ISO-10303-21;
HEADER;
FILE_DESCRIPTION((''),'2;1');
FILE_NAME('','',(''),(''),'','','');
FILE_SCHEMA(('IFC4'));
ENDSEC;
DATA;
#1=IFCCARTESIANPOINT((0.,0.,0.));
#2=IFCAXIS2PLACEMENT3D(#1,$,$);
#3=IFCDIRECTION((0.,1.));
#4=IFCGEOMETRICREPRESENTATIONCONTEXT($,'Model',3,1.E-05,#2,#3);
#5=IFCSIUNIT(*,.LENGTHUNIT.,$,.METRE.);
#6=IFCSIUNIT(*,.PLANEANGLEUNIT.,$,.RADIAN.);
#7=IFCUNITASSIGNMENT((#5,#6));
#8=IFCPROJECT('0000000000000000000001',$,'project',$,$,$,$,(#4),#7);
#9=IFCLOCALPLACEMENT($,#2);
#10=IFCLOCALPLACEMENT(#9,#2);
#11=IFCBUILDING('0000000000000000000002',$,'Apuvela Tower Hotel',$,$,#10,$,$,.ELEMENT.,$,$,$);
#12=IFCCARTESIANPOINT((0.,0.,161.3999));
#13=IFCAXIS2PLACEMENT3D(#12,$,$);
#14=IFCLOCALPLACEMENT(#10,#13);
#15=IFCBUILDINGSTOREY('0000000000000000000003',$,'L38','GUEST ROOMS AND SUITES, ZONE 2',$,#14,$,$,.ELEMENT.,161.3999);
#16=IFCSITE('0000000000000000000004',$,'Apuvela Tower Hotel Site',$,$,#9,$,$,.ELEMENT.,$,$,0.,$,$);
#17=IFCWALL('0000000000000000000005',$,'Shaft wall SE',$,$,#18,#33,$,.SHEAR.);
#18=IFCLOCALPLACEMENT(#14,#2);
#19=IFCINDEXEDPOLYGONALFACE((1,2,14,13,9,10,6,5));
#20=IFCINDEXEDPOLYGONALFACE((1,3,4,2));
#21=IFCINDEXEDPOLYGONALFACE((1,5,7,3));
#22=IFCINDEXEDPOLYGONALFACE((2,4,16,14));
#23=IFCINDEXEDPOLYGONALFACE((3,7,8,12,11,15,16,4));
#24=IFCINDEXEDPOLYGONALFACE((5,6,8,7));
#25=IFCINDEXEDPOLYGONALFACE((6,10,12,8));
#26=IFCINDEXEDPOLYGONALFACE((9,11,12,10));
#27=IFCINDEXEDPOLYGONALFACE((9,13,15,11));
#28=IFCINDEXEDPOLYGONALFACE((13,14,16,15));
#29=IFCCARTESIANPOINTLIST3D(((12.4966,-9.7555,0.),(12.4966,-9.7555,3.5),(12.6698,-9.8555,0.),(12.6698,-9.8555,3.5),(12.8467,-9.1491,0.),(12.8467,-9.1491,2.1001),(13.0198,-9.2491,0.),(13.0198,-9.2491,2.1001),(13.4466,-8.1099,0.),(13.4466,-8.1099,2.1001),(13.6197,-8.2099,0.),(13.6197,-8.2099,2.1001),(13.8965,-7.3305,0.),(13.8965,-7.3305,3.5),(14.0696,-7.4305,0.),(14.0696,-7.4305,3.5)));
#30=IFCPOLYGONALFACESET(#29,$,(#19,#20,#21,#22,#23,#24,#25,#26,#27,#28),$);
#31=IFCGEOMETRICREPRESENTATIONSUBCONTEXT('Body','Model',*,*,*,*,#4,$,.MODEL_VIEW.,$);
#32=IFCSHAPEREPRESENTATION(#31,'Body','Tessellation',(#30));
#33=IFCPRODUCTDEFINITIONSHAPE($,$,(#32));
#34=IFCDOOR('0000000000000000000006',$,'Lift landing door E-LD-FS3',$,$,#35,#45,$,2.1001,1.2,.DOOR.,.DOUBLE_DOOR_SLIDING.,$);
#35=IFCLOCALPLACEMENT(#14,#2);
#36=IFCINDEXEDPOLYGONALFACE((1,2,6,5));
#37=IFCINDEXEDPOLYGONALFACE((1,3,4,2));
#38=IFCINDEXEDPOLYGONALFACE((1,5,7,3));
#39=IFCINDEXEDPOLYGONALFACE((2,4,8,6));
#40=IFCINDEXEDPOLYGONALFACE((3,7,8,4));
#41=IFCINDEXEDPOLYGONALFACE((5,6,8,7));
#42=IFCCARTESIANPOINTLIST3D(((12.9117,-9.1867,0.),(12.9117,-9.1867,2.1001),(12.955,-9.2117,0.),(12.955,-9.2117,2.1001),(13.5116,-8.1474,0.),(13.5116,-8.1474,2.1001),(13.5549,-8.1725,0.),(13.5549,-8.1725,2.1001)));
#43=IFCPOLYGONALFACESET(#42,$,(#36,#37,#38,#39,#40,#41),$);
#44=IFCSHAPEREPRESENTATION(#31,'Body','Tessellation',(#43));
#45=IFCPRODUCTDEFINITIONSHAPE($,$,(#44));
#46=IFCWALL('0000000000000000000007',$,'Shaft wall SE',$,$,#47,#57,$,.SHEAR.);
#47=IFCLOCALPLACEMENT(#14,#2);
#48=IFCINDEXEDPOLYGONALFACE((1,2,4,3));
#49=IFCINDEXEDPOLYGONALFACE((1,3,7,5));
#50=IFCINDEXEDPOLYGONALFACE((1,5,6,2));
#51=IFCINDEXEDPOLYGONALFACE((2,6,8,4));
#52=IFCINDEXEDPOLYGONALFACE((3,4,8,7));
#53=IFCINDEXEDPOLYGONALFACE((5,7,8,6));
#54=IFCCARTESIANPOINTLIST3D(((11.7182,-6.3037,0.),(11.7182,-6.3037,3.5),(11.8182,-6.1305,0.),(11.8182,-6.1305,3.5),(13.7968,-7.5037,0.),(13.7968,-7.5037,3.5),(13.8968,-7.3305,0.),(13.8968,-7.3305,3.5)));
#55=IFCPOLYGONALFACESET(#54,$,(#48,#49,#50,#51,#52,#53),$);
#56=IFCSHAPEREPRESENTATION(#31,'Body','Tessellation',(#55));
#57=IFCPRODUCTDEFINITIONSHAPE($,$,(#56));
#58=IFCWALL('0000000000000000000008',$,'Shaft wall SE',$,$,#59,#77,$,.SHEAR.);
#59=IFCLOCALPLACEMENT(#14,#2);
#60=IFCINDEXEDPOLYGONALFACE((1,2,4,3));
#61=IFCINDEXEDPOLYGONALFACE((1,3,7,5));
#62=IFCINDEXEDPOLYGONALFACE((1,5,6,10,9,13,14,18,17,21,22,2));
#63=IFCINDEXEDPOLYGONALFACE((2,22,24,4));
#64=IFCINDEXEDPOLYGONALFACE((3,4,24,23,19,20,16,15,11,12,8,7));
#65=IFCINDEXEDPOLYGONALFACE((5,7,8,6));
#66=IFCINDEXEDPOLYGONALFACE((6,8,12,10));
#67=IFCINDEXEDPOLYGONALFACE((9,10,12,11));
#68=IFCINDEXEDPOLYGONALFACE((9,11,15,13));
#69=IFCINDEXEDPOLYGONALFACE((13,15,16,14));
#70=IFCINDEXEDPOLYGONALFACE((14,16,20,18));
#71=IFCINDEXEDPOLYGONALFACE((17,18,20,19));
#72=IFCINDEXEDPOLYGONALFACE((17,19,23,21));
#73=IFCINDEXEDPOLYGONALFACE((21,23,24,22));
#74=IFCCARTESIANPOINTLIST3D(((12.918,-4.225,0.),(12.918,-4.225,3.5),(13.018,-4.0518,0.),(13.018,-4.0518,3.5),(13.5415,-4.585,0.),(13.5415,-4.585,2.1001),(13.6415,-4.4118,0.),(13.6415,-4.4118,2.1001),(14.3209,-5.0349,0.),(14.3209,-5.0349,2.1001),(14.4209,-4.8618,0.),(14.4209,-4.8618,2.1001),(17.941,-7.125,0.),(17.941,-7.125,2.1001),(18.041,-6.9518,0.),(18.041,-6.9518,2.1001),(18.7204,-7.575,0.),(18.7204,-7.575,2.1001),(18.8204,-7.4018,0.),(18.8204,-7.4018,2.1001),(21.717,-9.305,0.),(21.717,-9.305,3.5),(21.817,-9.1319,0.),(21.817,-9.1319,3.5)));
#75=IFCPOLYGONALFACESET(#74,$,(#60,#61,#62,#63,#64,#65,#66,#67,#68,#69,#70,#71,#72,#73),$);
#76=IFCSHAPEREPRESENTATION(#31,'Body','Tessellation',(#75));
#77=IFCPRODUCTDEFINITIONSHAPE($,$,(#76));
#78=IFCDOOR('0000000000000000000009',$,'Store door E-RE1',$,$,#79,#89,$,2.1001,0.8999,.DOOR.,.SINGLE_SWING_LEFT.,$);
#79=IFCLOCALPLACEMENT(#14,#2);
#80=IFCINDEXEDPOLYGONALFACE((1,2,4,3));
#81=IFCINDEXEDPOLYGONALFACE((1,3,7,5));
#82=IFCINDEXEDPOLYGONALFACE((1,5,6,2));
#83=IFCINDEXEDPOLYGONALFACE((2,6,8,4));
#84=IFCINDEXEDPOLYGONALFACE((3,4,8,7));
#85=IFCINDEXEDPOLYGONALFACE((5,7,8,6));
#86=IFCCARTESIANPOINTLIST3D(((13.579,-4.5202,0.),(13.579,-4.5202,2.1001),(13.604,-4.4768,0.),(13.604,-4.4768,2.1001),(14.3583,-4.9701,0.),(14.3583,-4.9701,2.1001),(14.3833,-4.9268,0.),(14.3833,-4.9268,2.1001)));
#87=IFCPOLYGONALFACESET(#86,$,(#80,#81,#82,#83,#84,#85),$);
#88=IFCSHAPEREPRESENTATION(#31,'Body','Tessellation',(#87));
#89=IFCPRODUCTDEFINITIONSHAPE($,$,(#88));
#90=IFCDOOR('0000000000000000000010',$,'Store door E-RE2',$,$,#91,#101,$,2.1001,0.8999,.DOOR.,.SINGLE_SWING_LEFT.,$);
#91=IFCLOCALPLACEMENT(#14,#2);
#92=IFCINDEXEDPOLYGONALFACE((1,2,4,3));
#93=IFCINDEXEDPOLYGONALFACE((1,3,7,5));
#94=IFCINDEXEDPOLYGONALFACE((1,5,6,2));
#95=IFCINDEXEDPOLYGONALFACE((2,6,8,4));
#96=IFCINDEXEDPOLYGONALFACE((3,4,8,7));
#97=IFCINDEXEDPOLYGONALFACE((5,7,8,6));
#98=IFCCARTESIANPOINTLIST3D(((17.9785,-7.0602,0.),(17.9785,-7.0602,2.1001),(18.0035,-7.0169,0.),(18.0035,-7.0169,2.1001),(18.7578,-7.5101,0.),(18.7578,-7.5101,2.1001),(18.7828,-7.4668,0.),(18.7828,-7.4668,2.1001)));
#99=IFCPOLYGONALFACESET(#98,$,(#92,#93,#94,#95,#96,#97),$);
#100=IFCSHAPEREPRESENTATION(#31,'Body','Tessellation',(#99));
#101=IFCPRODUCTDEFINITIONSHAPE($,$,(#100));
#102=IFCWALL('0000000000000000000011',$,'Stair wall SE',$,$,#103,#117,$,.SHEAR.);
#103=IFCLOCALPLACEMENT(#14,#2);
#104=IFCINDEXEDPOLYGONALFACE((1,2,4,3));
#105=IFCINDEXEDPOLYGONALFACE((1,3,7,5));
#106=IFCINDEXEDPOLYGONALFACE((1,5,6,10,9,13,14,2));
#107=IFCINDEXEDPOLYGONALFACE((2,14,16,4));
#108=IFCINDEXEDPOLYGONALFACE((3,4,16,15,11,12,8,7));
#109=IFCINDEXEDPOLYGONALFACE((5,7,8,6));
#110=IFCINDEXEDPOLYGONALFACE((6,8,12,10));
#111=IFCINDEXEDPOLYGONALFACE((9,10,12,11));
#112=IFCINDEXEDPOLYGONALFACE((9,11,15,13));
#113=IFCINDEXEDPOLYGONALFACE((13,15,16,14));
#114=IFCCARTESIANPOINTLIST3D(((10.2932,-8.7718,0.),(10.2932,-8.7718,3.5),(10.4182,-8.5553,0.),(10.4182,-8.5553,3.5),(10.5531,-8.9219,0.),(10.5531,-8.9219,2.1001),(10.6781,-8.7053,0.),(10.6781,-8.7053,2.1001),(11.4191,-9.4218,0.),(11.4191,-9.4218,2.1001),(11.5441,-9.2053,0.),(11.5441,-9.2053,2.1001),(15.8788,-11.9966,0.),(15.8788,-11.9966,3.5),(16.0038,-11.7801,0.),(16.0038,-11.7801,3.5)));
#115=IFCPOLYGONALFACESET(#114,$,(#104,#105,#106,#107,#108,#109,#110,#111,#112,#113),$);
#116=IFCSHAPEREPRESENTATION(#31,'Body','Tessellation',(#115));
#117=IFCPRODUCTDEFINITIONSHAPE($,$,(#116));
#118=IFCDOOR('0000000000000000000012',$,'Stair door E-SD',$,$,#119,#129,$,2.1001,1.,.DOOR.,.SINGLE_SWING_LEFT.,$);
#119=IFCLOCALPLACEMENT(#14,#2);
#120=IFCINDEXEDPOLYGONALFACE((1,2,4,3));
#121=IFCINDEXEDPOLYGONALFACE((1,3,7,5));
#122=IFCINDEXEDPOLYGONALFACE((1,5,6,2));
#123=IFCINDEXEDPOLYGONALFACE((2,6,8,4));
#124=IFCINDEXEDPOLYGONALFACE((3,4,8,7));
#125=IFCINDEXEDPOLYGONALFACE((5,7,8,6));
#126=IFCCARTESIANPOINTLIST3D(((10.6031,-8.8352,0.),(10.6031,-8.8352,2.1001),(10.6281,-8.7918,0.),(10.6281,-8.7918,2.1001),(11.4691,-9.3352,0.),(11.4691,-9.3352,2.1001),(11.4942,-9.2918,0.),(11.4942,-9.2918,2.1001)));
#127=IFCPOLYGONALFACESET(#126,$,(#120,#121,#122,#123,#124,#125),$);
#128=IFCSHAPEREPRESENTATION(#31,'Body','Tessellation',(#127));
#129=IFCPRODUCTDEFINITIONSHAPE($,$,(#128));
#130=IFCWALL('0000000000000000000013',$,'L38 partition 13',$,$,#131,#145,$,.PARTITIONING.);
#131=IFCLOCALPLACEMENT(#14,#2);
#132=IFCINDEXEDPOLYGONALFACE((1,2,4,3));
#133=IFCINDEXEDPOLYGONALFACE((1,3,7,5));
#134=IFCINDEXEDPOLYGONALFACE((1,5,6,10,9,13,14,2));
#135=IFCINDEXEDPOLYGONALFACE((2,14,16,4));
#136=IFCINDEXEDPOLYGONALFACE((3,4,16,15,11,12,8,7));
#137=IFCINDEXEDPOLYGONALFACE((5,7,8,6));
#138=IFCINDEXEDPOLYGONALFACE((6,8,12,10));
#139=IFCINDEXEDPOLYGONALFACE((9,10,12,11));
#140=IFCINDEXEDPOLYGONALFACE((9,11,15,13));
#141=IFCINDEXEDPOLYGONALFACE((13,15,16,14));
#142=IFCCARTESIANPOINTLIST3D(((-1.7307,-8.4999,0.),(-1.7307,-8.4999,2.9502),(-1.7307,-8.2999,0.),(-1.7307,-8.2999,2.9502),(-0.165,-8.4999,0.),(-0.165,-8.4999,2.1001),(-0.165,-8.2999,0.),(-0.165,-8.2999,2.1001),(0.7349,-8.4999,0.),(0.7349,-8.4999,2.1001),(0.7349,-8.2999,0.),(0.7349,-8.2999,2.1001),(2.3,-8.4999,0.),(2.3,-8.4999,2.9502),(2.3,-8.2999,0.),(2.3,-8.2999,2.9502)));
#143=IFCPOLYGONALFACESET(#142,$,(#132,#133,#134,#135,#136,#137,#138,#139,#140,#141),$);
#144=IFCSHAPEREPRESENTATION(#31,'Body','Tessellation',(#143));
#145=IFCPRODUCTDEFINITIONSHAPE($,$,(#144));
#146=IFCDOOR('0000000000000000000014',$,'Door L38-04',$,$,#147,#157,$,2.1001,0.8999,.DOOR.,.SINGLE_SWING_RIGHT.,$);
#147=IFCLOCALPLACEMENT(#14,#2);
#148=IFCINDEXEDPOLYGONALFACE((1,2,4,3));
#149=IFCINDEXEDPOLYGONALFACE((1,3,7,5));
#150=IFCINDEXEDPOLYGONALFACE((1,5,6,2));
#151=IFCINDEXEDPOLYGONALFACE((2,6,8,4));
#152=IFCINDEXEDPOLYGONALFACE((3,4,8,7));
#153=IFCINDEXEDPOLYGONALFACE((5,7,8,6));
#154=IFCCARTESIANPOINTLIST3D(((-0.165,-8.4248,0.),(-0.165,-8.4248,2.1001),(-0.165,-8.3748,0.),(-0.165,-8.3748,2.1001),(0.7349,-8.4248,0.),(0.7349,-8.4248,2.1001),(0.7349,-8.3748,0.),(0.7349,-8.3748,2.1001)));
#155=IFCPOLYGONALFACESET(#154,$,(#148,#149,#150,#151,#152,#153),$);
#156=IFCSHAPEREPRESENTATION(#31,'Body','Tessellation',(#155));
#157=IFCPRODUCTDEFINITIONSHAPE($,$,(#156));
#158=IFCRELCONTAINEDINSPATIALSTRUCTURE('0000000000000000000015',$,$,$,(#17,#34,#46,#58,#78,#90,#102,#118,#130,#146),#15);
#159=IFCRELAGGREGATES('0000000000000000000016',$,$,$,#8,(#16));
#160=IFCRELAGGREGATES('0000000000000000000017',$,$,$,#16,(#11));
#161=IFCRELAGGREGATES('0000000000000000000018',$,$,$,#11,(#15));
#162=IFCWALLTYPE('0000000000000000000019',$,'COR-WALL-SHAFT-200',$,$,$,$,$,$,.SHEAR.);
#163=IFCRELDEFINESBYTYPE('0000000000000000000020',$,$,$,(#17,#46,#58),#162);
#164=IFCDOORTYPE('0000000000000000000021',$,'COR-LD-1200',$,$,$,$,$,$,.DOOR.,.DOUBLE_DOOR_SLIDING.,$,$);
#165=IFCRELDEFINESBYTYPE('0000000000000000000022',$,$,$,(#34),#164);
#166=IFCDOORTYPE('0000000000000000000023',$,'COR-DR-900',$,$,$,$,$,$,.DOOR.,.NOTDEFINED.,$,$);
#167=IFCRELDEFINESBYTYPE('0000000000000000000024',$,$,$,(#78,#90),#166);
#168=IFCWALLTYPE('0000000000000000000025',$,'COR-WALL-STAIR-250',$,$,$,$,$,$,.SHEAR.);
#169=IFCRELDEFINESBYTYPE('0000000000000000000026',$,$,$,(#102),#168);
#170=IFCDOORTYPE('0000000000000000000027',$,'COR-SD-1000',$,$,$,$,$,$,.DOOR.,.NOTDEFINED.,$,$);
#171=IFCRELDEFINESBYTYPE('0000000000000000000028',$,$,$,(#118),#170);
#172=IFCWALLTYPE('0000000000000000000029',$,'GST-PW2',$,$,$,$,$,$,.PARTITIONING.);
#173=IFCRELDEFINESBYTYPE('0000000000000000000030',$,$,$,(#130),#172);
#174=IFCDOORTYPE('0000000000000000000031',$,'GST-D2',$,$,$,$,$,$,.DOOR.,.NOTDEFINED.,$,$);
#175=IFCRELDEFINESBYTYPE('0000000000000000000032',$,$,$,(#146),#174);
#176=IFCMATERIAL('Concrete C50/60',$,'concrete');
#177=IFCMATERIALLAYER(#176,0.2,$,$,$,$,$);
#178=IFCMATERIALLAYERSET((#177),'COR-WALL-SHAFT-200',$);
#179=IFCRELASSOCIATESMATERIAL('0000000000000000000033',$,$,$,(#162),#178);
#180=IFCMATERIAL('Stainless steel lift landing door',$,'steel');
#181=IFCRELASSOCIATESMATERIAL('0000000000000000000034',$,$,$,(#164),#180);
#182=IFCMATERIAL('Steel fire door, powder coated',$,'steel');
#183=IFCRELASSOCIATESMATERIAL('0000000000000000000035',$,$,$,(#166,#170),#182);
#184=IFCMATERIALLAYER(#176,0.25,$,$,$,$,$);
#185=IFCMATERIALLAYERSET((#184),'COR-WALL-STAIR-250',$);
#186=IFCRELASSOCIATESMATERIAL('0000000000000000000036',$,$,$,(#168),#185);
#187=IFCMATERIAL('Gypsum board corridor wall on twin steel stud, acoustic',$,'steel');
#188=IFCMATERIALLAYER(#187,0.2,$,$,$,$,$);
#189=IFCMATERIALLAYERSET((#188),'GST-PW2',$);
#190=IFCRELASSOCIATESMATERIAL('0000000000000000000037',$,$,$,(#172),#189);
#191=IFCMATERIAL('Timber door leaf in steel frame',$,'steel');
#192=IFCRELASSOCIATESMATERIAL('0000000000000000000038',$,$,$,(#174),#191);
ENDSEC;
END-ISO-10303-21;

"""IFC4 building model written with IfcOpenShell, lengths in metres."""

from ifc_helpers import new_model, si_unit, direction, frame, frame_2d, origin, place, context, subcontext, project, spatial, rectangle, extrude, material, layer, layer_set, type_object, element, fill, save


model = new_model("IFC4")

# Units and contexts
model_context = context("Model", 3, precision=1e-05, world=origin(), true_north=direction((0.0, 1.0)))
body_context = subcontext(model_context, "Body", "Model", "MODEL_VIEW")
ifc_project = project(units=[si_unit("LENGTHUNIT", "METRE"), si_unit("PLANEANGLEUNIT", "RADIAN")], contexts=[model_context])

# Site, building, storey
site_placement = place(None, origin())
site = spatial("IfcSite", under=ifc_project, at=site_placement, Name="Apuvela Tower Hotel Site", CompositionType="ELEMENT", RefElevation=0.0)
building_placement = place(site_placement, origin())
building = spatial("IfcBuilding", under=site, at=building_placement, Name="Apuvela Tower Hotel", CompositionType="ELEMENT")
storey_placement = place(building_placement, frame((0.0, 0.0, 161.3999)))
storey = spatial("IfcBuildingStorey", under=building, at=storey_placement, Name="L38", Description="GUEST ROOMS AND SUITES, ZONE 2", CompositionType="ELEMENT", Elevation=161.3999)

# Shared definitions
ifc_material_1 = material(Name="Concrete C50/60", Category="concrete")

# Shared definitions
ifc_material_2 = material(Name="Steel fire door, powder coated", Category="steel")

# Wall, opening, door
ifc_layer_1 = layer(ifc_material_1, 0.2)
ifc_layer_set_1 = layer_set([ifc_layer_1], Name="COR-WALL-SHAFT-200")
wall_type_1 = type_object("IfcWallType", Name="COR-WALL-SHAFT-200", PredefinedType="SHEAR", material=ifc_layer_set_1)
wall_1_placement = place(storey_placement, frame((12.5833, -9.8054, 0.0), z_axis=(0.0, 0.0, 1.0), x_axis=(0.499946, 0.866056, 0.0)))
wall_1 = element("IfcWall", 1, at=wall_1_placement, inside=storey, type_object=wall_type_1, Name="Shaft wall SE", PredefinedType="SHEAR", context=body_context, shape_type="SweptSolid", body=[
    extrude(rectangle(XDim=2.8, YDim=0.2, at=frame_2d((1.3999, 0.0))), origin(), (0.0, 0.0, 1.0), 3.5),
])
opening_1_placement = place(wall_1_placement, frame((0.7, 0.0, 0.0)))
opening_1 = element("IfcOpeningElement", 2, at=opening_1_placement, cuts=wall_1, PredefinedType="OPENING", context=body_context, shape_type="SweptSolid", body=[
    extrude(rectangle(XDim=1.2, YDim=2.1001, at=frame_2d((0.6001, 1.05))), frame((0.0, 0.1099, 0.0), z_axis=(0.0, -1.0, 0.0), x_axis=(1.0, 0.0, 0.0)), (0.0, 0.0, 1.0), 0.22),
])
ifc_material_3 = material(Name="Stainless steel lift landing door", Category="steel")
door_type_1 = type_object("IfcDoorType", Name="COR-LD-1200", OperationType="DOUBLE_DOOR_SLIDING", PredefinedType="DOOR", material=ifc_material_3)
door_1_placement = place(opening_1_placement, origin())
door_1 = element("IfcDoor", 3, at=door_1_placement, inside=storey, type_object=door_type_1, Name="Lift landing door E-LD-FS3", OperationType="DOUBLE_DOOR_SLIDING", OverallHeight=2.1001, OverallWidth=1.2, PredefinedType="DOOR", context=body_context, shape_type="SweptSolid", body=[
    extrude(rectangle(XDim=1.2, YDim=2.1001, at=frame_2d((0.6001, 1.05))), frame((0.0, 0.0249, 0.0), z_axis=(0.0, -1.0, 0.0), x_axis=(1.0, 0.0, 0.0)), (0.0, 0.0, 1.0), 0.05),
])
fill(opening_1, door_1)

# Wall
wall_2_placement = place(storey_placement, frame((11.7681, -6.217, 0.0), z_axis=(0.0, 0.0, 1.0), x_axis=(0.86605, -0.499957, 0.0)))
element("IfcWall", 4, at=wall_2_placement, inside=storey, type_object=wall_type_1, Name="Shaft wall SE", PredefinedType="SHEAR", context=body_context, shape_type="SweptSolid", body=[
    extrude(rectangle(XDim=2.4001, YDim=0.2, at=frame_2d((1.2002, 0.0))), origin(), (0.0, 0.0, 1.0), 3.5),
])

# Wall, openings, doors
wall_3_placement = place(storey_placement, frame((12.968, -4.1384, 0.0), z_axis=(0.0, 0.0, 1.0), x_axis=(0.866028, -0.499995, 0.0)))
wall_3 = element("IfcWall", 5, at=wall_3_placement, inside=storey, type_object=wall_type_1, Name="Shaft wall SE", PredefinedType="SHEAR", context=body_context, shape_type="SweptSolid", body=[
    extrude(rectangle(XDim=10.1602, YDim=0.2, at=frame_2d((5.0801, 0.0))), origin(), (0.0, 0.0, 1.0), 3.5),
])
opening_2_placement = place(wall_3_placement, frame((0.72, 0.0, 0.0)))
opening_2 = element("IfcOpeningElement", 6, at=opening_2_placement, cuts=wall_3, PredefinedType="OPENING", context=body_context, shape_type="SweptSolid", body=[
    extrude(rectangle(XDim=0.8999, YDim=2.1001, at=frame_2d((0.45, 1.05))), frame((0.0, 0.1099, 0.0), z_axis=(0.0, -1.0, 0.0), x_axis=(1.0, 0.0, 0.0)), (0.0, 0.0, 1.0), 0.22),
])
opening_3_placement = place(wall_3_placement, frame((5.8, 0.0, 0.0)))
opening_3 = element("IfcOpeningElement", 7, at=opening_3_placement, cuts=wall_3, PredefinedType="OPENING", context=body_context, shape_type="SweptSolid", body=[
    extrude(rectangle(XDim=0.8999, YDim=2.1001, at=frame_2d((0.45, 1.05))), frame((0.0, 0.1099, 0.0), z_axis=(0.0, -1.0, 0.0), x_axis=(1.0, 0.0, 0.0)), (0.0, 0.0, 1.0), 0.22),
])
door_type_2 = type_object("IfcDoorType", Name="COR-DR-900", OperationType="NOTDEFINED", PredefinedType="DOOR", material=ifc_material_2)
door_2_placement = place(opening_2_placement, origin())
door_2 = element("IfcDoor", 8, at=door_2_placement, inside=storey, type_object=door_type_2, Name="Store door E-RE1", OperationType="SINGLE_SWING_LEFT", OverallHeight=2.1001, OverallWidth=0.8999, PredefinedType="DOOR", context=body_context, shape_type="SweptSolid", body=[
    extrude(rectangle(XDim=0.8999, YDim=2.1001, at=frame_2d((0.45, 1.05))), frame((0.0, 0.0249, 0.0), z_axis=(0.0, -1.0, 0.0), x_axis=(1.0, 0.0, 0.0)), (0.0, 0.0, 1.0), 0.05),
])
fill(opening_2, door_2)
door_3_placement = place(opening_3_placement, origin())
door_3 = element("IfcDoor", 9, at=door_3_placement, inside=storey, type_object=door_type_2, Name="Store door E-RE2", OperationType="SINGLE_SWING_LEFT", OverallHeight=2.1001, OverallWidth=0.8999, PredefinedType="DOOR", context=body_context, shape_type="SweptSolid", body=[
    extrude(rectangle(XDim=0.8999, YDim=2.1001, at=frame_2d((0.45, 1.05))), frame((0.0, 0.0249, 0.0), z_axis=(0.0, -1.0, 0.0), x_axis=(1.0, 0.0, 0.0)), (0.0, 0.0, 1.0), 0.05),
])
fill(opening_3, door_3)

# Walls, openings, doors
ifc_layer_2 = layer(ifc_material_1, 0.25)
ifc_layer_set_2 = layer_set([ifc_layer_2], Name="COR-WALL-STAIR-250")
wall_type_2 = type_object("IfcWallType", Name="COR-WALL-STAIR-250", PredefinedType="SHEAR", material=ifc_layer_set_2)
wall_4_placement = place(storey_placement, frame((10.3557, -8.6636, 0.0), z_axis=(0.0, 0.0, 1.0), x_axis=(0.866029, -0.499994, 0.0)))
wall_4 = element("IfcWall", 10, at=wall_4_placement, inside=storey, type_object=wall_type_2, Name="Stair wall SE", PredefinedType="SHEAR", context=body_context, shape_type="SweptSolid", body=[
    extrude(rectangle(XDim=6.4497, YDim=0.25, at=frame_2d((3.2249, 0.0))), origin(), (0.0, 0.0, 1.0), 3.5),
])
opening_4_placement = place(wall_4_placement, frame((0.3, 0.0, 0.0)))
opening_4 = element("IfcOpeningElement", 11, at=opening_4_placement, cuts=wall_4, PredefinedType="OPENING", context=body_context, shape_type="SweptSolid", body=[
    extrude(rectangle(XDim=1.0, YDim=2.1001, at=frame_2d((0.5, 1.05))), frame((0.0, 0.135, 0.0), z_axis=(0.0, -1.0, 0.0), x_axis=(1.0, 0.0, 0.0)), (0.0, 0.0, 1.0), 0.27),
])
door_type_3 = type_object("IfcDoorType", Name="COR-SD-1000", OperationType="NOTDEFINED", PredefinedType="DOOR", material=ifc_material_2)
door_4_placement = place(opening_4_placement, frame((1.0, 0.0, 0.0), z_axis=(0.0, 0.0, 1.0), x_axis=(-1.0, 0.0, 0.0)))
door_4 = element("IfcDoor", 12, at=door_4_placement, inside=storey, type_object=door_type_3, Name="Stair door E-SD", OperationType="SINGLE_SWING_LEFT", OverallHeight=2.1001, OverallWidth=1.0, PredefinedType="DOOR", context=body_context, shape_type="SweptSolid", body=[
    extrude(rectangle(XDim=1.0, YDim=2.1001, at=frame_2d((0.5, 1.05))), frame((0.0, 0.0249, 0.0), z_axis=(0.0, -1.0, 0.0), x_axis=(1.0, 0.0, 0.0)), (0.0, 0.0, 1.0), 0.05),
])
fill(opening_4, door_4)
ifc_material_4 = material(Name="Gypsum board corridor wall on twin steel stud, acoustic", Category="steel")
ifc_layer_3 = layer(ifc_material_4, 0.2)
ifc_layer_set_3 = layer_set([ifc_layer_3], Name="GST-PW2")
wall_type_3 = type_object("IfcWallType", Name="GST-PW2", PredefinedType="PARTITIONING", material=ifc_layer_set_3)
wall_5_placement = place(storey_placement, frame((2.3, -8.3999, 0.0), z_axis=(0.0, 0.0, 1.0), x_axis=(-1.0, 0.0, 0.0)))
wall_5 = element("IfcWall", 13, at=wall_5_placement, inside=storey, type_object=wall_type_3, Name="L38 partition 13", PredefinedType="PARTITIONING", context=body_context, shape_type="SweptSolid", body=[
    extrude(rectangle(XDim=4.0308, YDim=0.2, at=frame_2d((2.0154, 0.0))), origin(), (0.0, 0.0, 1.0), 2.9502),
])
opening_5_placement = place(wall_5_placement, frame((1.5652, 0.0, 0.0)))
opening_5 = element("IfcOpeningElement", 14, at=opening_5_placement, cuts=wall_5, PredefinedType="OPENING", context=body_context, shape_type="SweptSolid", body=[
    extrude(rectangle(XDim=0.8999, YDim=2.1001, at=frame_2d((0.45, 1.05))), frame((0.0, 0.1099, 0.0), z_axis=(0.0, -1.0, 0.0), x_axis=(1.0, 0.0, 0.0)), (0.0, 0.0, 1.0), 0.22),
])
ifc_material_5 = material(Name="Timber door leaf in steel frame", Category="steel")
door_type_4 = type_object("IfcDoorType", Name="GST-D2", OperationType="NOTDEFINED", PredefinedType="DOOR", material=ifc_material_5)
door_5_placement = place(opening_5_placement, origin())
door_5 = element("IfcDoor", 15, at=door_5_placement, inside=storey, type_object=door_type_4, Name="Door L38-04", OperationType="SINGLE_SWING_RIGHT", OverallHeight=2.1001, OverallWidth=0.8999, PredefinedType="DOOR", context=body_context, shape_type="SweptSolid", body=[
    extrude(rectangle(XDim=0.8999, YDim=2.1001, at=frame_2d((0.45, 1.05))), frame((0.0, 0.0249, 0.0), z_axis=(0.0, -1.0, 0.0), x_axis=(1.0, 0.0, 0.0)), (0.0, 0.0, 1.0), 0.05),
])
fill(opening_5, door_5)

save(model, "model.ifc")
